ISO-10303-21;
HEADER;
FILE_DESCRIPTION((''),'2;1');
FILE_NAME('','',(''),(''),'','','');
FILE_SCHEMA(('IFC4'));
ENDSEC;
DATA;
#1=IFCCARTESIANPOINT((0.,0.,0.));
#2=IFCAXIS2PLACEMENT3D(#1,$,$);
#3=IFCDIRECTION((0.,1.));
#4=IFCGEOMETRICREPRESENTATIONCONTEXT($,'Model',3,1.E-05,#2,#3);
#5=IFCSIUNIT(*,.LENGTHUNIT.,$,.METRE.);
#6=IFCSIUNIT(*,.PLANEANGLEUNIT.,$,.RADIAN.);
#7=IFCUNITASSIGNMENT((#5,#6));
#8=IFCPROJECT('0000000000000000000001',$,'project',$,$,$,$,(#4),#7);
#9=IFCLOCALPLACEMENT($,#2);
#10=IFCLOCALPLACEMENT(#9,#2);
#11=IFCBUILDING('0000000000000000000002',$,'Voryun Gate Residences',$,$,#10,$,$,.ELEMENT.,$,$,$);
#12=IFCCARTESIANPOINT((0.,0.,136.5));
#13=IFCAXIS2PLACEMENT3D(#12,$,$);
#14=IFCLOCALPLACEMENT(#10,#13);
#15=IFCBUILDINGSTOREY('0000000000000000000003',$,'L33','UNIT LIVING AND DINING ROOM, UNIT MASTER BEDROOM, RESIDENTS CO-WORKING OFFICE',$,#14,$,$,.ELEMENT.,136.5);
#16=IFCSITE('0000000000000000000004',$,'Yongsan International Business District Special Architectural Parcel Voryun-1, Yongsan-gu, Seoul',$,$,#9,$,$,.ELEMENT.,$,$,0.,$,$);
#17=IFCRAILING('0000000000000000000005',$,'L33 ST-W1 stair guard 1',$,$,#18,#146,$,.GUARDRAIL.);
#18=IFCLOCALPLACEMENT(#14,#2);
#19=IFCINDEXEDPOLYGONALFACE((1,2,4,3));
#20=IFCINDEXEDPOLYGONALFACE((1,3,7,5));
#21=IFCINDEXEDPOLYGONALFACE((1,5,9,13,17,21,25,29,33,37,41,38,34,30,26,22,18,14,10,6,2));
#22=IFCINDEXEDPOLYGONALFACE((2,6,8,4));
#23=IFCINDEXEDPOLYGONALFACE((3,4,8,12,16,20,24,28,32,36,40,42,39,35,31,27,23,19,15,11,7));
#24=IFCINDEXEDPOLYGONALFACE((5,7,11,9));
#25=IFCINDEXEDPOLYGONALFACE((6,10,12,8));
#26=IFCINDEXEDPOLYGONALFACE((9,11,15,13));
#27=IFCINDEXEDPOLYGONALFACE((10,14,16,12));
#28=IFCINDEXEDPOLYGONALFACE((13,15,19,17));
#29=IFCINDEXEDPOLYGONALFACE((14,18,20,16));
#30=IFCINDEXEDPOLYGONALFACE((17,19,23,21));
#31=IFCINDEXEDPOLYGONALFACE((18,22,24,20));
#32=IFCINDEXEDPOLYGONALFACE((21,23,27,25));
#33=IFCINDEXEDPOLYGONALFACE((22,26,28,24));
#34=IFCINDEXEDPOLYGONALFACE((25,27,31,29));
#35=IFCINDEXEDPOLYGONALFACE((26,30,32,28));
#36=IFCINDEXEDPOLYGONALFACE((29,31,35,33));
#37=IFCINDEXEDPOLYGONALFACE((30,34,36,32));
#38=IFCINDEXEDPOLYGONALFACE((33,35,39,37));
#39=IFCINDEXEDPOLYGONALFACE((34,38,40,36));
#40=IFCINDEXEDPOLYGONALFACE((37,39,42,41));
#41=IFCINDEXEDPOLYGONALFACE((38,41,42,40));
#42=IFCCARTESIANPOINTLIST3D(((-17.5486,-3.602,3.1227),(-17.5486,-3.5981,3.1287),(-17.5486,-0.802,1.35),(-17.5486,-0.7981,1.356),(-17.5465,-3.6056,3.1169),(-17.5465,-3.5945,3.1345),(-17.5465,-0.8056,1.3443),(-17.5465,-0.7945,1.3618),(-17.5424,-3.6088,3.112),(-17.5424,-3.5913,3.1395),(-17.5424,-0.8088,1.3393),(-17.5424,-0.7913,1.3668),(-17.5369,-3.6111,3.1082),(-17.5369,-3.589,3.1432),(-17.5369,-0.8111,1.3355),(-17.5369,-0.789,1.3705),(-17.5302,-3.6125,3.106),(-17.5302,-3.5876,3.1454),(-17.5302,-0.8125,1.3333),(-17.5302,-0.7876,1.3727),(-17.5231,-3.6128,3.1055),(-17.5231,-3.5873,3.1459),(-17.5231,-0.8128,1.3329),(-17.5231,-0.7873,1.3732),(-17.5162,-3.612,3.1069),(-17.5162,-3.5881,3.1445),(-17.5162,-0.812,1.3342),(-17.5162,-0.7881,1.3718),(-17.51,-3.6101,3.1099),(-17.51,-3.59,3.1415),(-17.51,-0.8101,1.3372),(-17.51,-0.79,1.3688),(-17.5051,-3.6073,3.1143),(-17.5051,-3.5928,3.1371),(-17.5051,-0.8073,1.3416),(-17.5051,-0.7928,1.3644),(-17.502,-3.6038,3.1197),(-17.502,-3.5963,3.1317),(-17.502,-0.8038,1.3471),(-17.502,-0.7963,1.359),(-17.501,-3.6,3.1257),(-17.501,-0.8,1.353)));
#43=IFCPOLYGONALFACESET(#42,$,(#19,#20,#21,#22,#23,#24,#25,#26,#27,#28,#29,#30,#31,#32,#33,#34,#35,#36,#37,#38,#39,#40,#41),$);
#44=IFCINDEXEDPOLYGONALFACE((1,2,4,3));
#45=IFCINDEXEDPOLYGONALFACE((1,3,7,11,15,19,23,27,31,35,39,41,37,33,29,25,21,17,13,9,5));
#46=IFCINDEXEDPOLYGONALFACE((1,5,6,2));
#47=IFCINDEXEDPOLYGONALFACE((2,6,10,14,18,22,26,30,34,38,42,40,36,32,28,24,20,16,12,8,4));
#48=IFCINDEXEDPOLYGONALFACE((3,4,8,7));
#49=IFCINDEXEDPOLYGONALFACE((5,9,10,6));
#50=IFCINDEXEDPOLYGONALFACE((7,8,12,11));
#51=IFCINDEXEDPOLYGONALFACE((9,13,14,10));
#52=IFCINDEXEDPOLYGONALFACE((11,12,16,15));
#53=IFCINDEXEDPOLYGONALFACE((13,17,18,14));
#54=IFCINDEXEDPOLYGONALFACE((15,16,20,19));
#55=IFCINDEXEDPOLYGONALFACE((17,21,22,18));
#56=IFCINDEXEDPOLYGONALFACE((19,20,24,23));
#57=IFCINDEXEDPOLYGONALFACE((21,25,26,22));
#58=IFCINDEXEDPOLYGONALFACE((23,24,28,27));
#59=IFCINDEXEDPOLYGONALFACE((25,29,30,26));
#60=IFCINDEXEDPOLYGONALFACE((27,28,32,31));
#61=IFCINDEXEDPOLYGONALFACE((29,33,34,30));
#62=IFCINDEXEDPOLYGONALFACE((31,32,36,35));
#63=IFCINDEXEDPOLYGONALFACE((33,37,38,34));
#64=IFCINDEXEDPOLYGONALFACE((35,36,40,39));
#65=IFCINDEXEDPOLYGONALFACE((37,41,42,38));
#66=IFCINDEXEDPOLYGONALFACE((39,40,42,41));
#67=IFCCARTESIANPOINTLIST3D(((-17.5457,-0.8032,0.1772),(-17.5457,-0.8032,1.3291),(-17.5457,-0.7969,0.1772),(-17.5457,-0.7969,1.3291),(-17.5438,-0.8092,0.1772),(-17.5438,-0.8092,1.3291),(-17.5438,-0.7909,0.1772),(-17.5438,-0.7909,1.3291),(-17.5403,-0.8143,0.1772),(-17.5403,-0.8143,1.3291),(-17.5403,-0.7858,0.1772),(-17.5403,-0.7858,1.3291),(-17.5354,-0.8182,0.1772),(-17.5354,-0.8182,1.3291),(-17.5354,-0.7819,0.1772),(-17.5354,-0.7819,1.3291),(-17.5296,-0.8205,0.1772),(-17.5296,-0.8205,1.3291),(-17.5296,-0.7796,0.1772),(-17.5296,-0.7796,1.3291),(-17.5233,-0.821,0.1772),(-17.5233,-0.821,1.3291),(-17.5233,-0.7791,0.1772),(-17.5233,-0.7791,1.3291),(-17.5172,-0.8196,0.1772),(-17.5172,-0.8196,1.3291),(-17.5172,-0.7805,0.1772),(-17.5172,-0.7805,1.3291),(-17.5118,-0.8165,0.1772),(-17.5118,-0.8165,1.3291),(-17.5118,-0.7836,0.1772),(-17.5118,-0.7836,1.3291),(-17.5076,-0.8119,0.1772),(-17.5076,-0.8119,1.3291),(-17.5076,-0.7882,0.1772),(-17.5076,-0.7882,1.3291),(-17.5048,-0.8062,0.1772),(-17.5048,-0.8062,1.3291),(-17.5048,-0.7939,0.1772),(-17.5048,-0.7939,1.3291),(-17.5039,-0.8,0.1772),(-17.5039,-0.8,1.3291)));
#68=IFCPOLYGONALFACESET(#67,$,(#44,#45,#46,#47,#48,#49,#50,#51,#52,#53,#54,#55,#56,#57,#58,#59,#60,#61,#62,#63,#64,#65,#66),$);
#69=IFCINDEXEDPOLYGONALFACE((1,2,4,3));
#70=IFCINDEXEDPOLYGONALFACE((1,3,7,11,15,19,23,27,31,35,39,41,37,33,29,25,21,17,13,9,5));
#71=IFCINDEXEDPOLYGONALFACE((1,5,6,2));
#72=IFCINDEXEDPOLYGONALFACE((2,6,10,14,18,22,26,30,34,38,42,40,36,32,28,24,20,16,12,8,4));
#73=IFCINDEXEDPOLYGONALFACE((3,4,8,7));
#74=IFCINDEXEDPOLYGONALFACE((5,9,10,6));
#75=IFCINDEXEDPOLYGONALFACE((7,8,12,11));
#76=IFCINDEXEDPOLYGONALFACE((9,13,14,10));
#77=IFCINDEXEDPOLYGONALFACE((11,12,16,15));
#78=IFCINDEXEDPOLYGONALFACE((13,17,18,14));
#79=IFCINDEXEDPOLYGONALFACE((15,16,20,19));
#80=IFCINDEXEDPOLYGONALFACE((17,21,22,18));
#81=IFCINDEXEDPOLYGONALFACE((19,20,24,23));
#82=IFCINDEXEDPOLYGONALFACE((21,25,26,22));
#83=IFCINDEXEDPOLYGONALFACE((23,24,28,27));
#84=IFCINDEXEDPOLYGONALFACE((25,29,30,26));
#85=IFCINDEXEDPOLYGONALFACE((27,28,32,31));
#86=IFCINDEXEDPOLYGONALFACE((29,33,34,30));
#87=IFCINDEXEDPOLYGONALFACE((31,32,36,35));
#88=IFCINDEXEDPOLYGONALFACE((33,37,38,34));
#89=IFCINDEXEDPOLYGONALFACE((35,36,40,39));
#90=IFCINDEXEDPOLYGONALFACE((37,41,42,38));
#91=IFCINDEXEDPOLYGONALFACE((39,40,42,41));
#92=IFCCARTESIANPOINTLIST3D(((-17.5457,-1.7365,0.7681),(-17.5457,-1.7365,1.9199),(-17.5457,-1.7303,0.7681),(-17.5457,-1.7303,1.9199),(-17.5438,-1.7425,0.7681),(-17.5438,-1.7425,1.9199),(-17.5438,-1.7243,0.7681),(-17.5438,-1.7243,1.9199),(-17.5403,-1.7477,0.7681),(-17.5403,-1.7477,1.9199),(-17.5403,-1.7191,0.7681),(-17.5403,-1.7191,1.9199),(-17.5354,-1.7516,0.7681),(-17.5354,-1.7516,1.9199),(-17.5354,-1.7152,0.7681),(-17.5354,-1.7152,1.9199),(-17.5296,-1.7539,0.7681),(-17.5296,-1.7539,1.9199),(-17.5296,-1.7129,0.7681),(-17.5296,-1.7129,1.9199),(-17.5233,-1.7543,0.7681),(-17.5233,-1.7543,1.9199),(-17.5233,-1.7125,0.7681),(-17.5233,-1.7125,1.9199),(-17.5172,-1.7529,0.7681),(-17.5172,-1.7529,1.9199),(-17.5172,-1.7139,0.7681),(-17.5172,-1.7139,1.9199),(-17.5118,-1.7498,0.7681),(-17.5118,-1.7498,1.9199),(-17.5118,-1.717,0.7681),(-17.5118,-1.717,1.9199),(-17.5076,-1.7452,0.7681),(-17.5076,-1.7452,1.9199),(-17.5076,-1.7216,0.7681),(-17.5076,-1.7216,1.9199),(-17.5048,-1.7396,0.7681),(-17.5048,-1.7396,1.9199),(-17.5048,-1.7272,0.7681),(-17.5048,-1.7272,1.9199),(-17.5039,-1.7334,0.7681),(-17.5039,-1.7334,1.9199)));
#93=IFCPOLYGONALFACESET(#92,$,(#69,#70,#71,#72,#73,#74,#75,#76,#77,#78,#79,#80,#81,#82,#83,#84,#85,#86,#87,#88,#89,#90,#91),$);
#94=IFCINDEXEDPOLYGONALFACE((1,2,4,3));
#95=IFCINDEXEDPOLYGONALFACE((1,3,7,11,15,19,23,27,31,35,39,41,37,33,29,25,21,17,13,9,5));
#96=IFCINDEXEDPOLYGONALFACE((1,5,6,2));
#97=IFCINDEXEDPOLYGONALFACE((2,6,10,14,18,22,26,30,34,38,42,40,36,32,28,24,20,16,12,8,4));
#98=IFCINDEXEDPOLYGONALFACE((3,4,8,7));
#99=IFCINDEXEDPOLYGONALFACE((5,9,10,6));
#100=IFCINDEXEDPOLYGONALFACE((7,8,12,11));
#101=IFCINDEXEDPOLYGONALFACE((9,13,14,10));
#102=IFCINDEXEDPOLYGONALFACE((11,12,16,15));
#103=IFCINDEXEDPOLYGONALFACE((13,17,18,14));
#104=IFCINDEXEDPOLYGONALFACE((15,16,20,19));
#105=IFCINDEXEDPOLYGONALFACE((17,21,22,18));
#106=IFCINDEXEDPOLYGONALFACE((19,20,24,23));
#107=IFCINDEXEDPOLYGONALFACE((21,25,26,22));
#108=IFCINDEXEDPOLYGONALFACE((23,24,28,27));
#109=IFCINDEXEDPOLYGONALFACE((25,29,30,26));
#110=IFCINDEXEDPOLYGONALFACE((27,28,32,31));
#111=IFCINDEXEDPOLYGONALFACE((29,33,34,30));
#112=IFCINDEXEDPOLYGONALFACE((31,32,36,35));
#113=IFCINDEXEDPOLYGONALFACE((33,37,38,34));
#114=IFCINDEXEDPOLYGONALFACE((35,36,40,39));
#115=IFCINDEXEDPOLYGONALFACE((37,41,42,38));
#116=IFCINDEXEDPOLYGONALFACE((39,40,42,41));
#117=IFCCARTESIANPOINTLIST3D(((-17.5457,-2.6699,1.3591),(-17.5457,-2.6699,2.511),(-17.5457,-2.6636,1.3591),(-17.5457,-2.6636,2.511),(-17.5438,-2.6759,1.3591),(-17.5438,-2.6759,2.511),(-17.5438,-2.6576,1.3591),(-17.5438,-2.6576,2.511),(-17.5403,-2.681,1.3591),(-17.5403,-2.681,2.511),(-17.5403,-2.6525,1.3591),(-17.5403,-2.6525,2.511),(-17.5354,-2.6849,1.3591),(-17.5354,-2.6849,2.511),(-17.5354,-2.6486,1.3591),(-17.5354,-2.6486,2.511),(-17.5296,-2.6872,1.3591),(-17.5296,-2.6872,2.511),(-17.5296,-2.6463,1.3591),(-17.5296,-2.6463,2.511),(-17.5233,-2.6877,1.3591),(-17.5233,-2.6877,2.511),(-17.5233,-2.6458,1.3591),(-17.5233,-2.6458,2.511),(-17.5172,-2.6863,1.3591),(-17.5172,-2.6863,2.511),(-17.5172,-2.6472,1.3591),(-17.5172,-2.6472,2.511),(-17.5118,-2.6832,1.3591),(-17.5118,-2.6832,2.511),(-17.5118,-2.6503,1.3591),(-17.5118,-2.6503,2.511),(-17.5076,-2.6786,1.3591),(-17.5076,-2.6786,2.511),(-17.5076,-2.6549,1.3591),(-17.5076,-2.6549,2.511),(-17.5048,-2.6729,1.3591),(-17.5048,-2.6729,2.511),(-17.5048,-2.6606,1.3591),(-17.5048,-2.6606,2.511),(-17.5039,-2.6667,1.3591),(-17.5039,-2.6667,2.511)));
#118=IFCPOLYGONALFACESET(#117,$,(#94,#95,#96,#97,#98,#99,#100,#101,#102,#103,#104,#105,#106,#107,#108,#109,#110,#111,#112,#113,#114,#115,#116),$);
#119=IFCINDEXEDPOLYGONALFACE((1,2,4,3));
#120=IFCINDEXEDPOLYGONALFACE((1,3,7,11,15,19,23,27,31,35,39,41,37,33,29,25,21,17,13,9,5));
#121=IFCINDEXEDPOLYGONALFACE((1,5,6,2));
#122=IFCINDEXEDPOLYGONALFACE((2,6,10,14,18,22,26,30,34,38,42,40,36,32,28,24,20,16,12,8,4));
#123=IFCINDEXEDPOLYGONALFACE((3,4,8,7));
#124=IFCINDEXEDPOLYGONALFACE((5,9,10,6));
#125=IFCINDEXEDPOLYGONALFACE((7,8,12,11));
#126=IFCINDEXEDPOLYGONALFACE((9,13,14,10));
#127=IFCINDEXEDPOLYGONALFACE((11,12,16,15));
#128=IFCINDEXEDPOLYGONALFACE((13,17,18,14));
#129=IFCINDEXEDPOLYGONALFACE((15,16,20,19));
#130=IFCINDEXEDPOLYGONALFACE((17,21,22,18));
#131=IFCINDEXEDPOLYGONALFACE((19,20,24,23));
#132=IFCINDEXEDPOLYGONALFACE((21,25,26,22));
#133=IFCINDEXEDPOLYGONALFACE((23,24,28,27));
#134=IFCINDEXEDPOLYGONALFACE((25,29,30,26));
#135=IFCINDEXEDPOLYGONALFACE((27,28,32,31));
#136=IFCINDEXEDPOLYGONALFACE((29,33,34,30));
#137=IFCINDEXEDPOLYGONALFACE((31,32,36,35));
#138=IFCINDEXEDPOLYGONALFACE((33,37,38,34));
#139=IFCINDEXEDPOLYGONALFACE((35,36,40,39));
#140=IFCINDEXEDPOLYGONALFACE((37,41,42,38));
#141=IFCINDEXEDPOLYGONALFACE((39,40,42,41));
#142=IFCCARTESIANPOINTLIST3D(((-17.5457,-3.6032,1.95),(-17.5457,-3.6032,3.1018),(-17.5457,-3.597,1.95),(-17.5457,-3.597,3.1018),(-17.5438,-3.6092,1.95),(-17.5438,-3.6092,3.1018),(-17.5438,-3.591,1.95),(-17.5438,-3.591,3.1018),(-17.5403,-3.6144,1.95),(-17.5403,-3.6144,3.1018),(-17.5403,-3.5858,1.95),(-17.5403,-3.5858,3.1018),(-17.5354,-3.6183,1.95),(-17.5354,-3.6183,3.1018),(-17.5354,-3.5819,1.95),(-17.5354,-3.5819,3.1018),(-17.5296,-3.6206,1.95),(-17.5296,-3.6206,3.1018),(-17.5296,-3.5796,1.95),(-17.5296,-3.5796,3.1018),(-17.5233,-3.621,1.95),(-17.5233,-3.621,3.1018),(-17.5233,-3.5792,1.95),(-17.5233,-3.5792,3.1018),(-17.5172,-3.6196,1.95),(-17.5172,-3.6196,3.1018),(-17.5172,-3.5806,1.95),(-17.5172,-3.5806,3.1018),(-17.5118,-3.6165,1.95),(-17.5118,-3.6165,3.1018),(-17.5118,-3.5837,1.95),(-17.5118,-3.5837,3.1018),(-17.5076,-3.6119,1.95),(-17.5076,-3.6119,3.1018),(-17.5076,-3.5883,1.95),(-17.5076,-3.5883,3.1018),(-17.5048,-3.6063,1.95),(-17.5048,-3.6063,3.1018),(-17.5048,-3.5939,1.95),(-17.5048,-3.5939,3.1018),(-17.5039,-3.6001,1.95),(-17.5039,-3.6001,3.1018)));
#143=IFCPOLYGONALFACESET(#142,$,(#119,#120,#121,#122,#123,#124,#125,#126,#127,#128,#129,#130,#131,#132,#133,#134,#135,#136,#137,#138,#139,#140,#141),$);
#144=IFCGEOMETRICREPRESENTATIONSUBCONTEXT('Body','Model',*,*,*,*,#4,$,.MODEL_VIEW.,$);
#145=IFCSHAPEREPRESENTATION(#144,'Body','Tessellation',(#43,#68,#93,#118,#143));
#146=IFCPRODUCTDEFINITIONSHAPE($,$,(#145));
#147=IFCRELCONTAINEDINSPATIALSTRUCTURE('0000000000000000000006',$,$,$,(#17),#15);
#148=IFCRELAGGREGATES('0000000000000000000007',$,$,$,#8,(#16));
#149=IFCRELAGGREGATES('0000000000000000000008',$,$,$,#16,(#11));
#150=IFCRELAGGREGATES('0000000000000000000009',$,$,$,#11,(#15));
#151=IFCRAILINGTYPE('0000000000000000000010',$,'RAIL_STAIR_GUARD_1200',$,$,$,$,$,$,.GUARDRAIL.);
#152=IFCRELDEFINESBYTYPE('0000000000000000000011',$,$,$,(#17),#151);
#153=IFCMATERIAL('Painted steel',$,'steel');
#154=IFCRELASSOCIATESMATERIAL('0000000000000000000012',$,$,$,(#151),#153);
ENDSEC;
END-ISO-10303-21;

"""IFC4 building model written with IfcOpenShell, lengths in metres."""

from ifc_helpers import new_model, si_unit, direction, frame, origin, origin_2d, place, context, subcontext, project, spatial, circle, extrude, material, type_object, element, save


model = new_model("IFC4")

# Units and contexts
model_context = context("Model", 3, precision=1e-05, world=origin(), true_north=direction((0.0, 1.0)))
body_context = subcontext(model_context, "Body", "Model", "MODEL_VIEW")
ifc_project = project(units=[si_unit("LENGTHUNIT", "METRE"), si_unit("PLANEANGLEUNIT", "RADIAN")], contexts=[model_context])

# Site, building, storey
site_placement = place(None, origin())
site = spatial("IfcSite", under=ifc_project, at=site_placement, Name="Yongsan International Business District Special Architectural Parcel Voryun-1, Yongsan-gu, Seoul", CompositionType="ELEMENT", RefElevation=0.0)
building_placement = place(site_placement, origin())
building = spatial("IfcBuilding", under=site, at=building_placement, Name="Voryun Gate Residences", CompositionType="ELEMENT")
storey_placement = place(building_placement, frame((0.0, 0.0, 136.5)))
storey = spatial("IfcBuildingStorey", under=building, at=storey_placement, Name="L33", Description="UNIT LIVING AND DINING ROOM, UNIT MASTER BEDROOM, RESIDENTS CO-WORKING OFFICE", CompositionType="ELEMENT", Elevation=136.5)

# Railing
ifc_material_1 = material(Name="Painted steel", Category="steel")
railing_type_1 = type_object("IfcRailingType", Name="RAIL_STAIR_GUARD_1200", PredefinedType="GUARDRAIL", material=ifc_material_1)
railing_1_placement = place(storey_placement, frame((-17.5249, -0.8, 0.1772)))
element("IfcRailing", 1, at=railing_1_placement, inside=storey, type_object=railing_type_1, Name="L33 ST-W1 stair guard 1", PredefinedType="GUARDRAIL", context=body_context, shape_type="SweptSolid", body=[
    extrude(circle(Radius=0.0239, at=origin_2d()), frame((0.0, 0.0, 1.1758), z_axis=(0.0, -0.844909, 0.53491), x_axis=(1.0, 0.0, 0.0)), (0.0, 0.0, 1.0), 3.314),
    extrude(circle(Radius=0.021, at=origin_2d()), origin(), (0.0, 0.0, 1.0), 1.1519),
    extrude(circle(Radius=0.021, at=origin_2d()), frame((0.0, -0.9333, 0.5908)), (0.0, 0.0, 1.0), 1.1519),
    extrude(circle(Radius=0.021, at=origin_2d()), frame((0.0, -1.8667, 1.1819)), (0.0, 0.0, 1.0), 1.1519),
    extrude(circle(Radius=0.021, at=origin_2d()), frame((0.0, -2.8, 1.7727)), (0.0, 0.0, 1.0), 1.1519),
])

save(model, "model.ifc")
